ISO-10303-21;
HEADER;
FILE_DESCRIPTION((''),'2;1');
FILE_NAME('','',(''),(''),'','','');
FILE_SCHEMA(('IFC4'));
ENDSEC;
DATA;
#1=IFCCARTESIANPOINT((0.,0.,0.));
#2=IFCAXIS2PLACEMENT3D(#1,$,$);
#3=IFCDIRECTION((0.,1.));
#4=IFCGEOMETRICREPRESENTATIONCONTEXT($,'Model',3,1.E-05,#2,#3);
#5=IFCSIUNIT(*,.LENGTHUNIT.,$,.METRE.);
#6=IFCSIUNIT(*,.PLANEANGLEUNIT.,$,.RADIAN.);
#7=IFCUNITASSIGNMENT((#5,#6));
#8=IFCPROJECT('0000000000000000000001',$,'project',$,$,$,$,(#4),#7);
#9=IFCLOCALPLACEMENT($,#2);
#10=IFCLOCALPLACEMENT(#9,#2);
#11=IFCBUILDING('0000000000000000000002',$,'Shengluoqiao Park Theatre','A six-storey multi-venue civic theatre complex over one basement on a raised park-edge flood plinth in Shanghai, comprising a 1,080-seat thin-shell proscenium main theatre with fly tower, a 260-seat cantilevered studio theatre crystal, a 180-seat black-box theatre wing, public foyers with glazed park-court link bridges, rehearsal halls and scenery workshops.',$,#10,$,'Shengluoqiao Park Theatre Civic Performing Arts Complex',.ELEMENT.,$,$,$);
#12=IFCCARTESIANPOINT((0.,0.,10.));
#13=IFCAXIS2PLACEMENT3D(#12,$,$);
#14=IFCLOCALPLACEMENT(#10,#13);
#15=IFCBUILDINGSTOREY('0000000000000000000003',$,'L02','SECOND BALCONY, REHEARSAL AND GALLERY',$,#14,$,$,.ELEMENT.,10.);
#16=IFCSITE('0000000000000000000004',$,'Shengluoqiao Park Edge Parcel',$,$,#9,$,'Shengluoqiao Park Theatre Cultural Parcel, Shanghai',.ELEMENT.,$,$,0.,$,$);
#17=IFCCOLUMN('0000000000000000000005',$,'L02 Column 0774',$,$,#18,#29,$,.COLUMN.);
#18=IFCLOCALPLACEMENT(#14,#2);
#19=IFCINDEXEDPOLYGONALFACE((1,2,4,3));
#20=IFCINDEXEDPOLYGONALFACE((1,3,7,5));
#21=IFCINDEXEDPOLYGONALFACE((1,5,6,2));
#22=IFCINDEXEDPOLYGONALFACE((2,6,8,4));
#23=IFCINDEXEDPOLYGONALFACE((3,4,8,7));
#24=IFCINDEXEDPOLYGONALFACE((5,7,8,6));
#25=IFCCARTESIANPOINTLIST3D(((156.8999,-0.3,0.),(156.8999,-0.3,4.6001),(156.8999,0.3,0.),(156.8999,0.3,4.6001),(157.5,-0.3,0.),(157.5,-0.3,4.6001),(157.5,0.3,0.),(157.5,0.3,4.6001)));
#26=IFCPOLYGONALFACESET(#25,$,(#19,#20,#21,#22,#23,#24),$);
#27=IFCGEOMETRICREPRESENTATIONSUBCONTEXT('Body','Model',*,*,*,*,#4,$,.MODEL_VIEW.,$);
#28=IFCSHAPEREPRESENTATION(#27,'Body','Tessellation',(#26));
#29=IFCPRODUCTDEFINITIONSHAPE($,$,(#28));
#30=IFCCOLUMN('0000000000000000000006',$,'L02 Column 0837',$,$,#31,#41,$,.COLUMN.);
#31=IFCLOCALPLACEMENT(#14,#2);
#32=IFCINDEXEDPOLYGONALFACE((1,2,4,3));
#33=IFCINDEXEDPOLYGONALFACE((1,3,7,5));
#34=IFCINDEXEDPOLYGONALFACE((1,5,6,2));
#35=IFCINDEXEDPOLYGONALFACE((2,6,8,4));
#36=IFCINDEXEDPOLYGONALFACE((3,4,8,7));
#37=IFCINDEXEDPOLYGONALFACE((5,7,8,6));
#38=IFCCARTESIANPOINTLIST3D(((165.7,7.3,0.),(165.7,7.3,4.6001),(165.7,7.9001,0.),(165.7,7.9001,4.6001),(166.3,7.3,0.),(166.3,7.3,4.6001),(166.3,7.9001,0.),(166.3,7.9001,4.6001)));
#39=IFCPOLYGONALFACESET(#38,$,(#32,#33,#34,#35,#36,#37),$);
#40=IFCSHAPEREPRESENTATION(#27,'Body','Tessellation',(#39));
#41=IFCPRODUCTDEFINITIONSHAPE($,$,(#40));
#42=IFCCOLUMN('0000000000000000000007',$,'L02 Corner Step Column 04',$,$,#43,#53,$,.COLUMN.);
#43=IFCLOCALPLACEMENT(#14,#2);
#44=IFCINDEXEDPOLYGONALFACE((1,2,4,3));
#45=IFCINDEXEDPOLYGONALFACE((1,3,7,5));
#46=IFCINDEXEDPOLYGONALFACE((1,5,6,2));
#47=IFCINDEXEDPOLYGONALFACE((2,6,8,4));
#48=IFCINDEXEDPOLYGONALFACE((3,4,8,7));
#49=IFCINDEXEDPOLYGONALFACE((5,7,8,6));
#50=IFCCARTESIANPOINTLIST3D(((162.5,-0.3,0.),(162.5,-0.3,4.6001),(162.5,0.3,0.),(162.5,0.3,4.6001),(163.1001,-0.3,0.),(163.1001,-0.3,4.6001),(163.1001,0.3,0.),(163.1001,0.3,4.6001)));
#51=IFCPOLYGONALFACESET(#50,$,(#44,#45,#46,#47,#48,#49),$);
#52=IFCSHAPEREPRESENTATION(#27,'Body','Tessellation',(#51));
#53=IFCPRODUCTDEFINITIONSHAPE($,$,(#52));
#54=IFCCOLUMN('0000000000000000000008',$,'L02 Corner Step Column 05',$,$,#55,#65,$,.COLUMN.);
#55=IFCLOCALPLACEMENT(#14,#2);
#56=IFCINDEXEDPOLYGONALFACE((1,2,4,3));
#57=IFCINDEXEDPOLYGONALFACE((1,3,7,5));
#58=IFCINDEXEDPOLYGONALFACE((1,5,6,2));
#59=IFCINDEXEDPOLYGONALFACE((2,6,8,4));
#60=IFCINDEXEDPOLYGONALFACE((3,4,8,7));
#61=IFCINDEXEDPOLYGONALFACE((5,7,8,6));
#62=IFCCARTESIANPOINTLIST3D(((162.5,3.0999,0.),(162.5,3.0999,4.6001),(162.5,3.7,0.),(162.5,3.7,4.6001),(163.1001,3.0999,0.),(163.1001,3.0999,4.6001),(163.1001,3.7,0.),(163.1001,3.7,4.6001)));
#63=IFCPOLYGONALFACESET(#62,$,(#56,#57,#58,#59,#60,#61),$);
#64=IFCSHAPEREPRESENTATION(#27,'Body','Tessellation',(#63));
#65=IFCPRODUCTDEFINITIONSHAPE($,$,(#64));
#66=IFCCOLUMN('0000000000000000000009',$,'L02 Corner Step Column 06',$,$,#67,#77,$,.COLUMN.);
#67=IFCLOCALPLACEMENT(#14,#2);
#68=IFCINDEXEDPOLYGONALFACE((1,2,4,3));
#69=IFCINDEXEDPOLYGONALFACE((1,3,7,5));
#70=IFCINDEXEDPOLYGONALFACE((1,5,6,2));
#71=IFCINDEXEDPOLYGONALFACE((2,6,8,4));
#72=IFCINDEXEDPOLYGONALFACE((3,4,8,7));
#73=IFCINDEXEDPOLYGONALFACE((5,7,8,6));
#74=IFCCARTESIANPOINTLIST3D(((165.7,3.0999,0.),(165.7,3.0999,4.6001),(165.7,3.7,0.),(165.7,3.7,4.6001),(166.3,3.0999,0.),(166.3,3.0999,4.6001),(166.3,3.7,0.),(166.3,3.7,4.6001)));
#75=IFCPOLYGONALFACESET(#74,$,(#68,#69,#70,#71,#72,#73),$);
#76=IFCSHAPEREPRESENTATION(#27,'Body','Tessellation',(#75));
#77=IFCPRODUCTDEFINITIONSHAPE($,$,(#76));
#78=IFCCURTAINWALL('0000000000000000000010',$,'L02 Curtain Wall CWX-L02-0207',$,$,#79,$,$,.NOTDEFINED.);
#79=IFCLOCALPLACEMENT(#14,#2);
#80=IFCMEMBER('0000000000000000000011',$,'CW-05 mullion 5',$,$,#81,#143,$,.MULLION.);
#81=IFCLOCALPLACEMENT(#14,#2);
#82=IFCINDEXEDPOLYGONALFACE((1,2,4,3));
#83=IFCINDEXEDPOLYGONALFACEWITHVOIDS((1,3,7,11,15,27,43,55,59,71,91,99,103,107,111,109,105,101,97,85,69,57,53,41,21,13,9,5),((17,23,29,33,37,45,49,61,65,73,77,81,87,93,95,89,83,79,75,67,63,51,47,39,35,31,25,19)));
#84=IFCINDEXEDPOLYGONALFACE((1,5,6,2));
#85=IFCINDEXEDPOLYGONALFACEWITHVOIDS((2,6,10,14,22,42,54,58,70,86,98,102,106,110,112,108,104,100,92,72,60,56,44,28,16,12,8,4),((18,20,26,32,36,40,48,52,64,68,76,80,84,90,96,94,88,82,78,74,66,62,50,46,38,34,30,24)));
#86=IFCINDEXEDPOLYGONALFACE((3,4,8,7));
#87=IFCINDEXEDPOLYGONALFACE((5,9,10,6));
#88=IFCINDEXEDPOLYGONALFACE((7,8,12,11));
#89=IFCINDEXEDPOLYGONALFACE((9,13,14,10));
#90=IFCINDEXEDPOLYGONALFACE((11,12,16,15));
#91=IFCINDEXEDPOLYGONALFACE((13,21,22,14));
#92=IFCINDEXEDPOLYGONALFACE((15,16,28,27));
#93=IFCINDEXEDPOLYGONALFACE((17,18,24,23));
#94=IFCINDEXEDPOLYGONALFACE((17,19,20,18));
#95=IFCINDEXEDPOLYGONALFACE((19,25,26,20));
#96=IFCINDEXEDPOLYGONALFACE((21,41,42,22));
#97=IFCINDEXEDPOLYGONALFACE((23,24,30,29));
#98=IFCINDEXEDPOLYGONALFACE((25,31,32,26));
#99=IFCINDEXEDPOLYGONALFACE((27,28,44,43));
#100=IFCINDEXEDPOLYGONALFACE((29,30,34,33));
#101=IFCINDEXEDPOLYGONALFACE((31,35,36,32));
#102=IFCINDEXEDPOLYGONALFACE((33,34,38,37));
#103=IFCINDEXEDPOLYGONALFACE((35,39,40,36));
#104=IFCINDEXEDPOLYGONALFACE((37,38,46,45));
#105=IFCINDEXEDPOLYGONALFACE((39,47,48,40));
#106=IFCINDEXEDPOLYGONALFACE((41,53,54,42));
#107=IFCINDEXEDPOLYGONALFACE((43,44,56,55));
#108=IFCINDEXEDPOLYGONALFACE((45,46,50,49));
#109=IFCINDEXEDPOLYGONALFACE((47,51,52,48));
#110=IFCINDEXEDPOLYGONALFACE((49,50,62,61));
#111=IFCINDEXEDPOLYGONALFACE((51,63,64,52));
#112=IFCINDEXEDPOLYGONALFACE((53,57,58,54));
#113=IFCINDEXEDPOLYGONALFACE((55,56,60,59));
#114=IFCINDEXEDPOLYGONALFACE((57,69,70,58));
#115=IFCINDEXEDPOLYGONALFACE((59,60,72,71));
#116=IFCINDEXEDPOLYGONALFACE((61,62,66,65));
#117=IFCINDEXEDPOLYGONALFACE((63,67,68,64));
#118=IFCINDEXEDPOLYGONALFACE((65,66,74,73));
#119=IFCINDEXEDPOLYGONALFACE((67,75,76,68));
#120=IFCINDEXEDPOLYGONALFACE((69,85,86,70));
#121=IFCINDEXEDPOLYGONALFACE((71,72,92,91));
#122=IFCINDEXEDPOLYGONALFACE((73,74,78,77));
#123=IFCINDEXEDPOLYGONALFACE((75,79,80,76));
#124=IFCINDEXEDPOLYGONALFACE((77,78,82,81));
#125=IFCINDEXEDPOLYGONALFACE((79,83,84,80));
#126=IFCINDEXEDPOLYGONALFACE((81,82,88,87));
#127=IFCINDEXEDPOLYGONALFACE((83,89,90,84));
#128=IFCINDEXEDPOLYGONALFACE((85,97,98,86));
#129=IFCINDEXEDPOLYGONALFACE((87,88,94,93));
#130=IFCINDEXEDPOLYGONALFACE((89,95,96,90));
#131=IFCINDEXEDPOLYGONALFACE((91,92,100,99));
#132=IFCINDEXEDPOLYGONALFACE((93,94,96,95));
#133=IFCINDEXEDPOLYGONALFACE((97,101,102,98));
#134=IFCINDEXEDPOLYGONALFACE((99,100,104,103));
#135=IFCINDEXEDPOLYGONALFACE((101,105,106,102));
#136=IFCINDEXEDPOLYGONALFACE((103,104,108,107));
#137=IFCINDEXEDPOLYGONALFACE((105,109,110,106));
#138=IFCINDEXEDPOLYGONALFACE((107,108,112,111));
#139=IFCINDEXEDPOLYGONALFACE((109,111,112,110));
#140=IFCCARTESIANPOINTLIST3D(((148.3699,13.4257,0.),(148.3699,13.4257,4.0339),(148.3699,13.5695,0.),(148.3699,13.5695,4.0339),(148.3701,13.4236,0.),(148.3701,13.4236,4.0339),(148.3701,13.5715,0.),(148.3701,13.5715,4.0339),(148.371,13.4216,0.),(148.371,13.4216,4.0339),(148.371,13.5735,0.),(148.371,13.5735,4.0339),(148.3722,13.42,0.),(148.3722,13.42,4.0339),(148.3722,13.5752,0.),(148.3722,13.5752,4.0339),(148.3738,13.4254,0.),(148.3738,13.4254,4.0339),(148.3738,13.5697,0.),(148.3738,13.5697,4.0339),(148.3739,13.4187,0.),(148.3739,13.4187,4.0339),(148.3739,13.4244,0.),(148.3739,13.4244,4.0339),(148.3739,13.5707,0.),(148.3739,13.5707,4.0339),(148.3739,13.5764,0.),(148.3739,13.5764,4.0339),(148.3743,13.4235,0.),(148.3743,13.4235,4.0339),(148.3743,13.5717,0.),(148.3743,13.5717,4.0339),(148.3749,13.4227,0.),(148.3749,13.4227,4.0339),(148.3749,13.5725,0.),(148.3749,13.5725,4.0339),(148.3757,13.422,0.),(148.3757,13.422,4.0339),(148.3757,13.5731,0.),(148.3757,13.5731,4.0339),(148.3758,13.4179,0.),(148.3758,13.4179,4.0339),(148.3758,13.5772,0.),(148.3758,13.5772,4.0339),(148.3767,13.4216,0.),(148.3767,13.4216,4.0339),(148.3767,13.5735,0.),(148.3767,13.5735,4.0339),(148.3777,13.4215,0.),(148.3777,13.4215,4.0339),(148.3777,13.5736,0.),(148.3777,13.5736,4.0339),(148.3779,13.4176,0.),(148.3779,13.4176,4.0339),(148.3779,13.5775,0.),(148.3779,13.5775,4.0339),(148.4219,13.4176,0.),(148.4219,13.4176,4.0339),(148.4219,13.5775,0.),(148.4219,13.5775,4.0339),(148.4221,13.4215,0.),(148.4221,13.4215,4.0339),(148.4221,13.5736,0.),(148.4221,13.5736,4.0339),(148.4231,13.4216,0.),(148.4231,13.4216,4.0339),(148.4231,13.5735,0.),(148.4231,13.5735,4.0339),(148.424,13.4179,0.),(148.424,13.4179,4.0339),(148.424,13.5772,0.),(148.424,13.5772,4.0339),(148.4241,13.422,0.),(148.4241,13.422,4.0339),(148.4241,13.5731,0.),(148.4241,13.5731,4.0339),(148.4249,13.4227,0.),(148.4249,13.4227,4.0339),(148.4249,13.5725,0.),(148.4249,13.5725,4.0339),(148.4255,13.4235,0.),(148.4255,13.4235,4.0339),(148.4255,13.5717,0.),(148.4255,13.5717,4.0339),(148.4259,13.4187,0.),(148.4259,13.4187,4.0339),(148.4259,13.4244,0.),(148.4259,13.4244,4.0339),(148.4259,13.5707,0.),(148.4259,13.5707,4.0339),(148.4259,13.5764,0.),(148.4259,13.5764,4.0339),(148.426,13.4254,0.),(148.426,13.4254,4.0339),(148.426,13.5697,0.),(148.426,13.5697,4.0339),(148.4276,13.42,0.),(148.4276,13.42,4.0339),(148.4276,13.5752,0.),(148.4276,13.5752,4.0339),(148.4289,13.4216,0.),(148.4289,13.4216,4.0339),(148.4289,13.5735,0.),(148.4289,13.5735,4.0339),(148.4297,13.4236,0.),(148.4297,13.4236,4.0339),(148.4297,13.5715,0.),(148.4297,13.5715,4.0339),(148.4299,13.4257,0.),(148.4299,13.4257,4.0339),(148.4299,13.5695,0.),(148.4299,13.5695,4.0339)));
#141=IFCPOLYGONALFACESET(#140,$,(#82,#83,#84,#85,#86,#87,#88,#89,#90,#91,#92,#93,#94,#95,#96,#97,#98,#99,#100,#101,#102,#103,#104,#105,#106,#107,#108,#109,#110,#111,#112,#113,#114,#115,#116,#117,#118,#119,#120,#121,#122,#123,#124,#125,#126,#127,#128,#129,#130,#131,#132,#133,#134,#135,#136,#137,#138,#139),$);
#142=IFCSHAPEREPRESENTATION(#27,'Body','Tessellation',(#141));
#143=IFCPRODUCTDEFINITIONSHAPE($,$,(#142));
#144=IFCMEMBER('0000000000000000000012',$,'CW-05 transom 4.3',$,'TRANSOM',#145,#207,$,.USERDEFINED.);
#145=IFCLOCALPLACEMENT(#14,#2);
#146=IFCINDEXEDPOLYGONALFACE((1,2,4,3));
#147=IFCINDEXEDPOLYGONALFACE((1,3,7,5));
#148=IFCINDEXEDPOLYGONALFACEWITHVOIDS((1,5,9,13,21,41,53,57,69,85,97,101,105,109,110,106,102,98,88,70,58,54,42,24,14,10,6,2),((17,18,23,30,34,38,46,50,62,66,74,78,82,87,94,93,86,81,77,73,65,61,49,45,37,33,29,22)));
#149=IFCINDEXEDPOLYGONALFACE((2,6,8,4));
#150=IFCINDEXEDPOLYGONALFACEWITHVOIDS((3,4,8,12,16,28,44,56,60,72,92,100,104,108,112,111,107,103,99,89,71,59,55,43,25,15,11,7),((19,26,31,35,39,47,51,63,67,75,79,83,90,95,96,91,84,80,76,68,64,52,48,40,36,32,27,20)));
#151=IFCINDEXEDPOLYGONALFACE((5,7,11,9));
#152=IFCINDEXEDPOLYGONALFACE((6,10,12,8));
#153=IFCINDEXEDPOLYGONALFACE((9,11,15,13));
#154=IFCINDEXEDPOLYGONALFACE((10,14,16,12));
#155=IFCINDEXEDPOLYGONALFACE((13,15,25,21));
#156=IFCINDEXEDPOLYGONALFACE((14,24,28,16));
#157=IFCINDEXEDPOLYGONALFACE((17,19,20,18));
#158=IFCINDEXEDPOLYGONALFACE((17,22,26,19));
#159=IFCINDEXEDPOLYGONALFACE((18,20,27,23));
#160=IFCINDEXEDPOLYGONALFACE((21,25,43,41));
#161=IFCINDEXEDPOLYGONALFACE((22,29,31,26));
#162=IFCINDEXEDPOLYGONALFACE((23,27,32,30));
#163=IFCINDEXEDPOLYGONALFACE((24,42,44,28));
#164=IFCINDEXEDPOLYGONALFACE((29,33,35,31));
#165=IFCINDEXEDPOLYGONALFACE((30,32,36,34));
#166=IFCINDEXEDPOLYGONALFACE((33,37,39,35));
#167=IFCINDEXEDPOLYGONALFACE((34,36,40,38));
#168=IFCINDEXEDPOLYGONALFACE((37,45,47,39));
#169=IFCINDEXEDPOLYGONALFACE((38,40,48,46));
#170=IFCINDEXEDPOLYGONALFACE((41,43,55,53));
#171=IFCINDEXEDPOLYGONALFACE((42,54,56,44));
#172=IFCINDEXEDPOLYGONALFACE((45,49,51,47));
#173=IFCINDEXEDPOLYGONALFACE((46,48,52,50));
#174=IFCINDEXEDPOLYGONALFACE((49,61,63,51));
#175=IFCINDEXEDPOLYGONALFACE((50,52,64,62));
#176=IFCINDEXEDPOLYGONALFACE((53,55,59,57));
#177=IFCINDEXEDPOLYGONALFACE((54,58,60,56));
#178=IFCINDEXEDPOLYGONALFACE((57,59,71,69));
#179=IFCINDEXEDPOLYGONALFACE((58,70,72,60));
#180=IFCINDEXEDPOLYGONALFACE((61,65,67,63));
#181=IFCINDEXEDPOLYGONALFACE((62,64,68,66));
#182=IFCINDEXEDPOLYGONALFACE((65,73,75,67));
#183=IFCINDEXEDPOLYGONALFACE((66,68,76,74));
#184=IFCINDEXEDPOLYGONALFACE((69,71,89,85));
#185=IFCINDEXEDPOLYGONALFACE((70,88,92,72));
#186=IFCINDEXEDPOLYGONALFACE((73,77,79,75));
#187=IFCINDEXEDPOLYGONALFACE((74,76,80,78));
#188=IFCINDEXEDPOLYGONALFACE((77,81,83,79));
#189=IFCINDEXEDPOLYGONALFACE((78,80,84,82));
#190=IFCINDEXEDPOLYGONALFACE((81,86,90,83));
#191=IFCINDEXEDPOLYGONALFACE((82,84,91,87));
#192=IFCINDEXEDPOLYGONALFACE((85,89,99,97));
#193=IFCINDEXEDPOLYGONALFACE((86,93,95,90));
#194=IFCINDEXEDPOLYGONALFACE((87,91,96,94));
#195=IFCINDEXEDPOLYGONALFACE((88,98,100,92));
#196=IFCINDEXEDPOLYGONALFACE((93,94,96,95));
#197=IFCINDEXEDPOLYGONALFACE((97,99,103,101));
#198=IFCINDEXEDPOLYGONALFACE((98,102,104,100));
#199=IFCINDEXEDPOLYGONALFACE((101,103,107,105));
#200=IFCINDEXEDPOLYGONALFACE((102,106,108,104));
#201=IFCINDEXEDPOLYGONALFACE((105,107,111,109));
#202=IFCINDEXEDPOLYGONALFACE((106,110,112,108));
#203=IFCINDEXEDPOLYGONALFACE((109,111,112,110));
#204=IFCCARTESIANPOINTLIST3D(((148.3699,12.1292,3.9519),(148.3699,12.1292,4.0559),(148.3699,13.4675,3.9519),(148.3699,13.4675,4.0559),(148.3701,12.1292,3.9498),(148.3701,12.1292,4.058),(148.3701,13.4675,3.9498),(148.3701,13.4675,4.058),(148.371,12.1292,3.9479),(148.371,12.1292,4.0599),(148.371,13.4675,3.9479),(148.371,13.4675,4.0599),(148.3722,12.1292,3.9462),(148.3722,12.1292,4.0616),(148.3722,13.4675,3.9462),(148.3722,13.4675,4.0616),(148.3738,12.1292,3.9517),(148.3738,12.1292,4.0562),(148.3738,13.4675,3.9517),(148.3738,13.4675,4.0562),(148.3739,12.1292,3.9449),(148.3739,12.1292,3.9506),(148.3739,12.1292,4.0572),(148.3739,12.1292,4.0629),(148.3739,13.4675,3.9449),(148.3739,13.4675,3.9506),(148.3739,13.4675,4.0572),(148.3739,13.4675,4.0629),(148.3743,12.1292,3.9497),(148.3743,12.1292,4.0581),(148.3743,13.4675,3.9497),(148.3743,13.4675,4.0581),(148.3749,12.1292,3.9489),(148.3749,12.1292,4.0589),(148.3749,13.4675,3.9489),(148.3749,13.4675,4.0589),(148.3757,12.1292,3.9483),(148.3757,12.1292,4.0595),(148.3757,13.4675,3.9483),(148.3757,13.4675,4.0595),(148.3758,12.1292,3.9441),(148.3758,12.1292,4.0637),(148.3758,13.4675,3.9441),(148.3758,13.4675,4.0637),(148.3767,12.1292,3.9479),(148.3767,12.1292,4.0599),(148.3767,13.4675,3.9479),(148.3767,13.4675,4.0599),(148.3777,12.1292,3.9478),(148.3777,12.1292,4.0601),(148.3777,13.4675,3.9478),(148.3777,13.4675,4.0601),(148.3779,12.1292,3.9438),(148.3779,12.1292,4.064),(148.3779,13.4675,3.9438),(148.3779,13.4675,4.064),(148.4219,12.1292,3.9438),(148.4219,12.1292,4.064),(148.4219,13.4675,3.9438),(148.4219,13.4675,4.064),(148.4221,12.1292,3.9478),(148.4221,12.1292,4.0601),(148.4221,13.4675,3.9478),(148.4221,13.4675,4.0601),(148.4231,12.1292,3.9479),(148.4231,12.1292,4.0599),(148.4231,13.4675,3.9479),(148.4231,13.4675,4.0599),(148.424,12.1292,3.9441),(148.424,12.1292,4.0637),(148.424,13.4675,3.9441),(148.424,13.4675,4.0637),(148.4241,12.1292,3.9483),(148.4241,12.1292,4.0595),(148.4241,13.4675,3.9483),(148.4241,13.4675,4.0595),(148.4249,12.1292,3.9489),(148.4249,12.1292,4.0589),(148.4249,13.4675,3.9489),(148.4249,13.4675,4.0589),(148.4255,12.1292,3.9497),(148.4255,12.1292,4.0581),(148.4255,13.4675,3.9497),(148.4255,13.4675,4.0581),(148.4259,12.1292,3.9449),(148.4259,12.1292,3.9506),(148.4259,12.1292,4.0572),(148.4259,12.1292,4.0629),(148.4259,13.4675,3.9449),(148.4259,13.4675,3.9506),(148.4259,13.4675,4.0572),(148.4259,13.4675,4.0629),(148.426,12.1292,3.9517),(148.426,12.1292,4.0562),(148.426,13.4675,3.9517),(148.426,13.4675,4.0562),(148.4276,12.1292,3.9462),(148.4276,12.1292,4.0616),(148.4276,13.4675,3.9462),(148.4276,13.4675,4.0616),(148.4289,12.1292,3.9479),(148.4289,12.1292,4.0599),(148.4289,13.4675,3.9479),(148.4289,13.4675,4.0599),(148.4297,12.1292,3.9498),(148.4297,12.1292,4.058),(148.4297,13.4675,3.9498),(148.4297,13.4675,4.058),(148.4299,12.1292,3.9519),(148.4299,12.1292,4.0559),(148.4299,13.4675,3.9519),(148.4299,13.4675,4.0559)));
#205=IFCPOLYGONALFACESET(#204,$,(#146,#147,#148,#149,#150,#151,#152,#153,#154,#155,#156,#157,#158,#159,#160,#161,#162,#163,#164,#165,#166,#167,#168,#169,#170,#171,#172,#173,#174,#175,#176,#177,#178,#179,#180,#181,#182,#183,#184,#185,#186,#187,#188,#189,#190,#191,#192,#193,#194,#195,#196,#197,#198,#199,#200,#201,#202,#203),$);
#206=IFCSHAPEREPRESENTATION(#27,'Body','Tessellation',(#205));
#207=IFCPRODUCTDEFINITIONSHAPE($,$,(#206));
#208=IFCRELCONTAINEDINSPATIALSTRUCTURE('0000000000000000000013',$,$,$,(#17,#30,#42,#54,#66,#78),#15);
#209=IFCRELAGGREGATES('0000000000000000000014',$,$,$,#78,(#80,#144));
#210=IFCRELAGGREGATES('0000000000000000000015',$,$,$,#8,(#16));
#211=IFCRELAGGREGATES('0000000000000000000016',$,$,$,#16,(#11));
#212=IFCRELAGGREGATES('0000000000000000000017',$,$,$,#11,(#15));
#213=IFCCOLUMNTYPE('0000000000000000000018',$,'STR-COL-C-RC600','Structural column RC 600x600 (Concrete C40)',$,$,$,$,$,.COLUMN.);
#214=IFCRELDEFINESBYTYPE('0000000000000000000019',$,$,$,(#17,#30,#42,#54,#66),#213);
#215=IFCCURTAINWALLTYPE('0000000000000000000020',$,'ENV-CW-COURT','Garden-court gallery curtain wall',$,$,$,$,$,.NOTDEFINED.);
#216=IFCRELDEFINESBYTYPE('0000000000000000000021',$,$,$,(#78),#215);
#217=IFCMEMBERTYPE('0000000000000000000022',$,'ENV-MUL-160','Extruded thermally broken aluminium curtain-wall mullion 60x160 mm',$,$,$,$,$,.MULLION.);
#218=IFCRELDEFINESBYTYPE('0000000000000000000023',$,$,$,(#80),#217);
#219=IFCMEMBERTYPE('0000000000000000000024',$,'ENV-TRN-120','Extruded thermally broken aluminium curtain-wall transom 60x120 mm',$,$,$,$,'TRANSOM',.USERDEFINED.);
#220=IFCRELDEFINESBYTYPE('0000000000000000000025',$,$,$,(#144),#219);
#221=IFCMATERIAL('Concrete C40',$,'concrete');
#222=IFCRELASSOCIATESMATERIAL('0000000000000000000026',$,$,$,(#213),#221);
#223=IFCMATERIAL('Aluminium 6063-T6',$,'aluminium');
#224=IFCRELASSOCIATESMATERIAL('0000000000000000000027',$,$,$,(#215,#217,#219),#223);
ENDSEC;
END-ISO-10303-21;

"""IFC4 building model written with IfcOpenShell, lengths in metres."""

from ifc_helpers import new_model, si_unit, direction, frame, origin, origin_2d, place, context, subcontext, project, spatial, rectangle, hollow_rectangle, extrude, material, material_profile, profile_set, type_object, element, aggregate, save


model = new_model("IFC4")

# Units and contexts
model_context = context("Model", 3, precision=1e-05, world=origin(), true_north=direction((0.0, 1.0)))
body_context = subcontext(model_context, "Body", "Model", "MODEL_VIEW")
ifc_project = project(units=[si_unit("LENGTHUNIT", "METRE"), si_unit("PLANEANGLEUNIT", "RADIAN")], contexts=[model_context])

# Site, building, storey
site_placement = place(None, origin())
site = spatial("IfcSite", under=ifc_project, at=site_placement, Name="Shengluoqiao Park Edge Parcel", LongName="Shengluoqiao Park Theatre Cultural Parcel, Shanghai", CompositionType="ELEMENT", RefElevation=0.0)
building_placement = place(site_placement, origin())
building = spatial("IfcBuilding", under=site, at=building_placement, Name="Shengluoqiao Park Theatre", Description="A six-storey multi-venue civic theatre complex over one basement on a raised park-edge flood plinth in Shanghai, comprising a 1,080-seat thin-shell proscenium main theatre with fly tower, a 260-seat cantilevered studio theatre crystal, a 180-seat black-box theatre wing, public foyers with glazed park-court link bridges, rehearsal halls and scenery workshops.", LongName="Shengluoqiao Park Theatre Civic Performing Arts Complex", CompositionType="ELEMENT")
storey_placement = place(building_placement, frame((0.0, 0.0, 10.0)))
storey = spatial("IfcBuildingStorey", under=building, at=storey_placement, Name="L02", Description="SECOND BALCONY, REHEARSAL AND GALLERY", CompositionType="ELEMENT", Elevation=10.0)

# Columns
ifc_material_1 = material(Name="Concrete C40", Category="concrete")
ifc_material_profile_1 = material_profile(ifc_material_1, rectangle(XDim=0.6001, YDim=0.6001, at=origin_2d()), Name="RC 600x600")
ifc_profile_set_1 = profile_set([ifc_material_profile_1], Name="Concrete C40")
column_type = type_object("IfcColumnType", Name="STR-COL-C-RC600", Description="Structural column RC 600x600 (Concrete C40)", PredefinedType="COLUMN", material=ifc_profile_set_1)
for number, where, z_axis, x_axis, name in (
    (1, (157.2, 0.0, 0.0), (0.0, 0.0, 1.0), (1.0, 0.0, 0.0), "L02 Column 0774"),
    (2, (166.0, 7.6001, 0.0), (0.0, 0.0, 1.0), (1.0, 0.0, 0.0), "L02 Column 0837"),
    (3, (162.8, 0.0, 0.0), (0.0, 0.0, 1.0), (1.0, 0.0, 0.0), "L02 Corner Step Column 04"),
    (4, (162.8, 3.3999, 0.0), (0.0, 0.0, 1.0), (1.0, 0.0, 0.0), "L02 Corner Step Column 05"),
    (5, (166.0, 3.3999, 0.0), (0.0, 0.0, 1.0), (1.0, 0.0, 0.0), "L02 Corner Step Column 06"),
):
    element("IfcColumn", number, at=place(storey_placement, frame(where, z_axis=z_axis, x_axis=x_axis)), inside=storey, type_object=column_type, Name=name, PredefinedType="COLUMN", context=body_context, shape_type="SweptSolid", body=[
        extrude(rectangle(XDim=0.6001, YDim=0.6001, at=origin_2d()), origin(), (0.0, 0.0, 1.0), 4.6001),
    ])

# Curtain wall, members
ifc_material_2 = material(Name="Aluminium 6063-T6", Category="aluminium")
curtain_wall_type = type_object("IfcCurtainWallType", Name="ENV-CW-COURT", Description="Garden-court gallery curtain wall", PredefinedType="NOTDEFINED", material=ifc_material_2)
curtain_wall_placement = place(storey_placement, origin())
curtain_wall = element("IfcCurtainWall", 6, at=curtain_wall_placement, inside=storey, type_object=curtain_wall_type, Name="L02 Curtain Wall CWX-L02-0207", PredefinedType="NOTDEFINED")
ifc_material_profile_2 = material_profile(ifc_material_2, hollow_rectangle(XDim=0.0601, YDim=0.1599, WallThickness=0.0039, InnerFilletRadius=0.0039, OuterFilletRadius=0.0081, at=origin_2d()), Name="ALU MULLION 160x60x4")
ifc_profile_set_2 = profile_set([ifc_material_profile_2], Name="Aluminium 6063-T6")
member_type_1 = type_object("IfcMemberType", Name="ENV-MUL-160", Description="Extruded thermally broken aluminium curtain-wall mullion 60x160 mm", PredefinedType="MULLION", material=ifc_profile_set_2)
member_1_placement = place(storey_placement, frame((148.3999, 13.4976, 0.0), z_axis=(0.0, 0.0, 1.0), x_axis=(-1.0, 0.0, 0.0)))
member_1 = element("IfcMember", 7, at=member_1_placement, type_object=member_type_1, Name="CW-05 mullion 5", PredefinedType="MULLION", context=body_context, shape_type="SweptSolid", body=[
    extrude(hollow_rectangle(XDim=0.0601, YDim=0.1599, WallThickness=0.0039, InnerFilletRadius=0.0039, OuterFilletRadius=0.0081, at=origin_2d()), origin(), (0.0, 0.0, 1.0), 4.0339),
])
ifc_material_profile_3 = material_profile(ifc_material_2, hollow_rectangle(XDim=0.0601, YDim=0.1201, WallThickness=0.0039, InnerFilletRadius=0.0039, OuterFilletRadius=0.0081, at=origin_2d()), Name="ALU TRANSOM 120x60x4")
ifc_profile_set_3 = profile_set([ifc_material_profile_3], Name="Aluminium 6063-T6")
member_type_2 = type_object("IfcMemberType", Name="ENV-TRN-120", Description="Extruded thermally broken aluminium curtain-wall transom 60x120 mm", ElementType="TRANSOM", PredefinedType="USERDEFINED", material=ifc_profile_set_3)
member_2_placement = place(storey_placement, frame((148.3999, 12.1292, 4.0039), z_axis=(0.0, 1.0, 0.0), x_axis=(-1.0, 0.0, 0.0)))
member_2 = element("IfcMember", 8, at=member_2_placement, type_object=member_type_2, Name="CW-05 transom 4.3", ObjectType="TRANSOM", PredefinedType="USERDEFINED", context=body_context, shape_type="SweptSolid", body=[
    extrude(hollow_rectangle(XDim=0.0601, YDim=0.1201, WallThickness=0.0039, InnerFilletRadius=0.0039, OuterFilletRadius=0.0081, at=origin_2d()), origin(), (0.0, 0.0, 1.0), 1.3384),
])

aggregate(curtain_wall, [member_1, member_2])

save(model, "model.ifc")
